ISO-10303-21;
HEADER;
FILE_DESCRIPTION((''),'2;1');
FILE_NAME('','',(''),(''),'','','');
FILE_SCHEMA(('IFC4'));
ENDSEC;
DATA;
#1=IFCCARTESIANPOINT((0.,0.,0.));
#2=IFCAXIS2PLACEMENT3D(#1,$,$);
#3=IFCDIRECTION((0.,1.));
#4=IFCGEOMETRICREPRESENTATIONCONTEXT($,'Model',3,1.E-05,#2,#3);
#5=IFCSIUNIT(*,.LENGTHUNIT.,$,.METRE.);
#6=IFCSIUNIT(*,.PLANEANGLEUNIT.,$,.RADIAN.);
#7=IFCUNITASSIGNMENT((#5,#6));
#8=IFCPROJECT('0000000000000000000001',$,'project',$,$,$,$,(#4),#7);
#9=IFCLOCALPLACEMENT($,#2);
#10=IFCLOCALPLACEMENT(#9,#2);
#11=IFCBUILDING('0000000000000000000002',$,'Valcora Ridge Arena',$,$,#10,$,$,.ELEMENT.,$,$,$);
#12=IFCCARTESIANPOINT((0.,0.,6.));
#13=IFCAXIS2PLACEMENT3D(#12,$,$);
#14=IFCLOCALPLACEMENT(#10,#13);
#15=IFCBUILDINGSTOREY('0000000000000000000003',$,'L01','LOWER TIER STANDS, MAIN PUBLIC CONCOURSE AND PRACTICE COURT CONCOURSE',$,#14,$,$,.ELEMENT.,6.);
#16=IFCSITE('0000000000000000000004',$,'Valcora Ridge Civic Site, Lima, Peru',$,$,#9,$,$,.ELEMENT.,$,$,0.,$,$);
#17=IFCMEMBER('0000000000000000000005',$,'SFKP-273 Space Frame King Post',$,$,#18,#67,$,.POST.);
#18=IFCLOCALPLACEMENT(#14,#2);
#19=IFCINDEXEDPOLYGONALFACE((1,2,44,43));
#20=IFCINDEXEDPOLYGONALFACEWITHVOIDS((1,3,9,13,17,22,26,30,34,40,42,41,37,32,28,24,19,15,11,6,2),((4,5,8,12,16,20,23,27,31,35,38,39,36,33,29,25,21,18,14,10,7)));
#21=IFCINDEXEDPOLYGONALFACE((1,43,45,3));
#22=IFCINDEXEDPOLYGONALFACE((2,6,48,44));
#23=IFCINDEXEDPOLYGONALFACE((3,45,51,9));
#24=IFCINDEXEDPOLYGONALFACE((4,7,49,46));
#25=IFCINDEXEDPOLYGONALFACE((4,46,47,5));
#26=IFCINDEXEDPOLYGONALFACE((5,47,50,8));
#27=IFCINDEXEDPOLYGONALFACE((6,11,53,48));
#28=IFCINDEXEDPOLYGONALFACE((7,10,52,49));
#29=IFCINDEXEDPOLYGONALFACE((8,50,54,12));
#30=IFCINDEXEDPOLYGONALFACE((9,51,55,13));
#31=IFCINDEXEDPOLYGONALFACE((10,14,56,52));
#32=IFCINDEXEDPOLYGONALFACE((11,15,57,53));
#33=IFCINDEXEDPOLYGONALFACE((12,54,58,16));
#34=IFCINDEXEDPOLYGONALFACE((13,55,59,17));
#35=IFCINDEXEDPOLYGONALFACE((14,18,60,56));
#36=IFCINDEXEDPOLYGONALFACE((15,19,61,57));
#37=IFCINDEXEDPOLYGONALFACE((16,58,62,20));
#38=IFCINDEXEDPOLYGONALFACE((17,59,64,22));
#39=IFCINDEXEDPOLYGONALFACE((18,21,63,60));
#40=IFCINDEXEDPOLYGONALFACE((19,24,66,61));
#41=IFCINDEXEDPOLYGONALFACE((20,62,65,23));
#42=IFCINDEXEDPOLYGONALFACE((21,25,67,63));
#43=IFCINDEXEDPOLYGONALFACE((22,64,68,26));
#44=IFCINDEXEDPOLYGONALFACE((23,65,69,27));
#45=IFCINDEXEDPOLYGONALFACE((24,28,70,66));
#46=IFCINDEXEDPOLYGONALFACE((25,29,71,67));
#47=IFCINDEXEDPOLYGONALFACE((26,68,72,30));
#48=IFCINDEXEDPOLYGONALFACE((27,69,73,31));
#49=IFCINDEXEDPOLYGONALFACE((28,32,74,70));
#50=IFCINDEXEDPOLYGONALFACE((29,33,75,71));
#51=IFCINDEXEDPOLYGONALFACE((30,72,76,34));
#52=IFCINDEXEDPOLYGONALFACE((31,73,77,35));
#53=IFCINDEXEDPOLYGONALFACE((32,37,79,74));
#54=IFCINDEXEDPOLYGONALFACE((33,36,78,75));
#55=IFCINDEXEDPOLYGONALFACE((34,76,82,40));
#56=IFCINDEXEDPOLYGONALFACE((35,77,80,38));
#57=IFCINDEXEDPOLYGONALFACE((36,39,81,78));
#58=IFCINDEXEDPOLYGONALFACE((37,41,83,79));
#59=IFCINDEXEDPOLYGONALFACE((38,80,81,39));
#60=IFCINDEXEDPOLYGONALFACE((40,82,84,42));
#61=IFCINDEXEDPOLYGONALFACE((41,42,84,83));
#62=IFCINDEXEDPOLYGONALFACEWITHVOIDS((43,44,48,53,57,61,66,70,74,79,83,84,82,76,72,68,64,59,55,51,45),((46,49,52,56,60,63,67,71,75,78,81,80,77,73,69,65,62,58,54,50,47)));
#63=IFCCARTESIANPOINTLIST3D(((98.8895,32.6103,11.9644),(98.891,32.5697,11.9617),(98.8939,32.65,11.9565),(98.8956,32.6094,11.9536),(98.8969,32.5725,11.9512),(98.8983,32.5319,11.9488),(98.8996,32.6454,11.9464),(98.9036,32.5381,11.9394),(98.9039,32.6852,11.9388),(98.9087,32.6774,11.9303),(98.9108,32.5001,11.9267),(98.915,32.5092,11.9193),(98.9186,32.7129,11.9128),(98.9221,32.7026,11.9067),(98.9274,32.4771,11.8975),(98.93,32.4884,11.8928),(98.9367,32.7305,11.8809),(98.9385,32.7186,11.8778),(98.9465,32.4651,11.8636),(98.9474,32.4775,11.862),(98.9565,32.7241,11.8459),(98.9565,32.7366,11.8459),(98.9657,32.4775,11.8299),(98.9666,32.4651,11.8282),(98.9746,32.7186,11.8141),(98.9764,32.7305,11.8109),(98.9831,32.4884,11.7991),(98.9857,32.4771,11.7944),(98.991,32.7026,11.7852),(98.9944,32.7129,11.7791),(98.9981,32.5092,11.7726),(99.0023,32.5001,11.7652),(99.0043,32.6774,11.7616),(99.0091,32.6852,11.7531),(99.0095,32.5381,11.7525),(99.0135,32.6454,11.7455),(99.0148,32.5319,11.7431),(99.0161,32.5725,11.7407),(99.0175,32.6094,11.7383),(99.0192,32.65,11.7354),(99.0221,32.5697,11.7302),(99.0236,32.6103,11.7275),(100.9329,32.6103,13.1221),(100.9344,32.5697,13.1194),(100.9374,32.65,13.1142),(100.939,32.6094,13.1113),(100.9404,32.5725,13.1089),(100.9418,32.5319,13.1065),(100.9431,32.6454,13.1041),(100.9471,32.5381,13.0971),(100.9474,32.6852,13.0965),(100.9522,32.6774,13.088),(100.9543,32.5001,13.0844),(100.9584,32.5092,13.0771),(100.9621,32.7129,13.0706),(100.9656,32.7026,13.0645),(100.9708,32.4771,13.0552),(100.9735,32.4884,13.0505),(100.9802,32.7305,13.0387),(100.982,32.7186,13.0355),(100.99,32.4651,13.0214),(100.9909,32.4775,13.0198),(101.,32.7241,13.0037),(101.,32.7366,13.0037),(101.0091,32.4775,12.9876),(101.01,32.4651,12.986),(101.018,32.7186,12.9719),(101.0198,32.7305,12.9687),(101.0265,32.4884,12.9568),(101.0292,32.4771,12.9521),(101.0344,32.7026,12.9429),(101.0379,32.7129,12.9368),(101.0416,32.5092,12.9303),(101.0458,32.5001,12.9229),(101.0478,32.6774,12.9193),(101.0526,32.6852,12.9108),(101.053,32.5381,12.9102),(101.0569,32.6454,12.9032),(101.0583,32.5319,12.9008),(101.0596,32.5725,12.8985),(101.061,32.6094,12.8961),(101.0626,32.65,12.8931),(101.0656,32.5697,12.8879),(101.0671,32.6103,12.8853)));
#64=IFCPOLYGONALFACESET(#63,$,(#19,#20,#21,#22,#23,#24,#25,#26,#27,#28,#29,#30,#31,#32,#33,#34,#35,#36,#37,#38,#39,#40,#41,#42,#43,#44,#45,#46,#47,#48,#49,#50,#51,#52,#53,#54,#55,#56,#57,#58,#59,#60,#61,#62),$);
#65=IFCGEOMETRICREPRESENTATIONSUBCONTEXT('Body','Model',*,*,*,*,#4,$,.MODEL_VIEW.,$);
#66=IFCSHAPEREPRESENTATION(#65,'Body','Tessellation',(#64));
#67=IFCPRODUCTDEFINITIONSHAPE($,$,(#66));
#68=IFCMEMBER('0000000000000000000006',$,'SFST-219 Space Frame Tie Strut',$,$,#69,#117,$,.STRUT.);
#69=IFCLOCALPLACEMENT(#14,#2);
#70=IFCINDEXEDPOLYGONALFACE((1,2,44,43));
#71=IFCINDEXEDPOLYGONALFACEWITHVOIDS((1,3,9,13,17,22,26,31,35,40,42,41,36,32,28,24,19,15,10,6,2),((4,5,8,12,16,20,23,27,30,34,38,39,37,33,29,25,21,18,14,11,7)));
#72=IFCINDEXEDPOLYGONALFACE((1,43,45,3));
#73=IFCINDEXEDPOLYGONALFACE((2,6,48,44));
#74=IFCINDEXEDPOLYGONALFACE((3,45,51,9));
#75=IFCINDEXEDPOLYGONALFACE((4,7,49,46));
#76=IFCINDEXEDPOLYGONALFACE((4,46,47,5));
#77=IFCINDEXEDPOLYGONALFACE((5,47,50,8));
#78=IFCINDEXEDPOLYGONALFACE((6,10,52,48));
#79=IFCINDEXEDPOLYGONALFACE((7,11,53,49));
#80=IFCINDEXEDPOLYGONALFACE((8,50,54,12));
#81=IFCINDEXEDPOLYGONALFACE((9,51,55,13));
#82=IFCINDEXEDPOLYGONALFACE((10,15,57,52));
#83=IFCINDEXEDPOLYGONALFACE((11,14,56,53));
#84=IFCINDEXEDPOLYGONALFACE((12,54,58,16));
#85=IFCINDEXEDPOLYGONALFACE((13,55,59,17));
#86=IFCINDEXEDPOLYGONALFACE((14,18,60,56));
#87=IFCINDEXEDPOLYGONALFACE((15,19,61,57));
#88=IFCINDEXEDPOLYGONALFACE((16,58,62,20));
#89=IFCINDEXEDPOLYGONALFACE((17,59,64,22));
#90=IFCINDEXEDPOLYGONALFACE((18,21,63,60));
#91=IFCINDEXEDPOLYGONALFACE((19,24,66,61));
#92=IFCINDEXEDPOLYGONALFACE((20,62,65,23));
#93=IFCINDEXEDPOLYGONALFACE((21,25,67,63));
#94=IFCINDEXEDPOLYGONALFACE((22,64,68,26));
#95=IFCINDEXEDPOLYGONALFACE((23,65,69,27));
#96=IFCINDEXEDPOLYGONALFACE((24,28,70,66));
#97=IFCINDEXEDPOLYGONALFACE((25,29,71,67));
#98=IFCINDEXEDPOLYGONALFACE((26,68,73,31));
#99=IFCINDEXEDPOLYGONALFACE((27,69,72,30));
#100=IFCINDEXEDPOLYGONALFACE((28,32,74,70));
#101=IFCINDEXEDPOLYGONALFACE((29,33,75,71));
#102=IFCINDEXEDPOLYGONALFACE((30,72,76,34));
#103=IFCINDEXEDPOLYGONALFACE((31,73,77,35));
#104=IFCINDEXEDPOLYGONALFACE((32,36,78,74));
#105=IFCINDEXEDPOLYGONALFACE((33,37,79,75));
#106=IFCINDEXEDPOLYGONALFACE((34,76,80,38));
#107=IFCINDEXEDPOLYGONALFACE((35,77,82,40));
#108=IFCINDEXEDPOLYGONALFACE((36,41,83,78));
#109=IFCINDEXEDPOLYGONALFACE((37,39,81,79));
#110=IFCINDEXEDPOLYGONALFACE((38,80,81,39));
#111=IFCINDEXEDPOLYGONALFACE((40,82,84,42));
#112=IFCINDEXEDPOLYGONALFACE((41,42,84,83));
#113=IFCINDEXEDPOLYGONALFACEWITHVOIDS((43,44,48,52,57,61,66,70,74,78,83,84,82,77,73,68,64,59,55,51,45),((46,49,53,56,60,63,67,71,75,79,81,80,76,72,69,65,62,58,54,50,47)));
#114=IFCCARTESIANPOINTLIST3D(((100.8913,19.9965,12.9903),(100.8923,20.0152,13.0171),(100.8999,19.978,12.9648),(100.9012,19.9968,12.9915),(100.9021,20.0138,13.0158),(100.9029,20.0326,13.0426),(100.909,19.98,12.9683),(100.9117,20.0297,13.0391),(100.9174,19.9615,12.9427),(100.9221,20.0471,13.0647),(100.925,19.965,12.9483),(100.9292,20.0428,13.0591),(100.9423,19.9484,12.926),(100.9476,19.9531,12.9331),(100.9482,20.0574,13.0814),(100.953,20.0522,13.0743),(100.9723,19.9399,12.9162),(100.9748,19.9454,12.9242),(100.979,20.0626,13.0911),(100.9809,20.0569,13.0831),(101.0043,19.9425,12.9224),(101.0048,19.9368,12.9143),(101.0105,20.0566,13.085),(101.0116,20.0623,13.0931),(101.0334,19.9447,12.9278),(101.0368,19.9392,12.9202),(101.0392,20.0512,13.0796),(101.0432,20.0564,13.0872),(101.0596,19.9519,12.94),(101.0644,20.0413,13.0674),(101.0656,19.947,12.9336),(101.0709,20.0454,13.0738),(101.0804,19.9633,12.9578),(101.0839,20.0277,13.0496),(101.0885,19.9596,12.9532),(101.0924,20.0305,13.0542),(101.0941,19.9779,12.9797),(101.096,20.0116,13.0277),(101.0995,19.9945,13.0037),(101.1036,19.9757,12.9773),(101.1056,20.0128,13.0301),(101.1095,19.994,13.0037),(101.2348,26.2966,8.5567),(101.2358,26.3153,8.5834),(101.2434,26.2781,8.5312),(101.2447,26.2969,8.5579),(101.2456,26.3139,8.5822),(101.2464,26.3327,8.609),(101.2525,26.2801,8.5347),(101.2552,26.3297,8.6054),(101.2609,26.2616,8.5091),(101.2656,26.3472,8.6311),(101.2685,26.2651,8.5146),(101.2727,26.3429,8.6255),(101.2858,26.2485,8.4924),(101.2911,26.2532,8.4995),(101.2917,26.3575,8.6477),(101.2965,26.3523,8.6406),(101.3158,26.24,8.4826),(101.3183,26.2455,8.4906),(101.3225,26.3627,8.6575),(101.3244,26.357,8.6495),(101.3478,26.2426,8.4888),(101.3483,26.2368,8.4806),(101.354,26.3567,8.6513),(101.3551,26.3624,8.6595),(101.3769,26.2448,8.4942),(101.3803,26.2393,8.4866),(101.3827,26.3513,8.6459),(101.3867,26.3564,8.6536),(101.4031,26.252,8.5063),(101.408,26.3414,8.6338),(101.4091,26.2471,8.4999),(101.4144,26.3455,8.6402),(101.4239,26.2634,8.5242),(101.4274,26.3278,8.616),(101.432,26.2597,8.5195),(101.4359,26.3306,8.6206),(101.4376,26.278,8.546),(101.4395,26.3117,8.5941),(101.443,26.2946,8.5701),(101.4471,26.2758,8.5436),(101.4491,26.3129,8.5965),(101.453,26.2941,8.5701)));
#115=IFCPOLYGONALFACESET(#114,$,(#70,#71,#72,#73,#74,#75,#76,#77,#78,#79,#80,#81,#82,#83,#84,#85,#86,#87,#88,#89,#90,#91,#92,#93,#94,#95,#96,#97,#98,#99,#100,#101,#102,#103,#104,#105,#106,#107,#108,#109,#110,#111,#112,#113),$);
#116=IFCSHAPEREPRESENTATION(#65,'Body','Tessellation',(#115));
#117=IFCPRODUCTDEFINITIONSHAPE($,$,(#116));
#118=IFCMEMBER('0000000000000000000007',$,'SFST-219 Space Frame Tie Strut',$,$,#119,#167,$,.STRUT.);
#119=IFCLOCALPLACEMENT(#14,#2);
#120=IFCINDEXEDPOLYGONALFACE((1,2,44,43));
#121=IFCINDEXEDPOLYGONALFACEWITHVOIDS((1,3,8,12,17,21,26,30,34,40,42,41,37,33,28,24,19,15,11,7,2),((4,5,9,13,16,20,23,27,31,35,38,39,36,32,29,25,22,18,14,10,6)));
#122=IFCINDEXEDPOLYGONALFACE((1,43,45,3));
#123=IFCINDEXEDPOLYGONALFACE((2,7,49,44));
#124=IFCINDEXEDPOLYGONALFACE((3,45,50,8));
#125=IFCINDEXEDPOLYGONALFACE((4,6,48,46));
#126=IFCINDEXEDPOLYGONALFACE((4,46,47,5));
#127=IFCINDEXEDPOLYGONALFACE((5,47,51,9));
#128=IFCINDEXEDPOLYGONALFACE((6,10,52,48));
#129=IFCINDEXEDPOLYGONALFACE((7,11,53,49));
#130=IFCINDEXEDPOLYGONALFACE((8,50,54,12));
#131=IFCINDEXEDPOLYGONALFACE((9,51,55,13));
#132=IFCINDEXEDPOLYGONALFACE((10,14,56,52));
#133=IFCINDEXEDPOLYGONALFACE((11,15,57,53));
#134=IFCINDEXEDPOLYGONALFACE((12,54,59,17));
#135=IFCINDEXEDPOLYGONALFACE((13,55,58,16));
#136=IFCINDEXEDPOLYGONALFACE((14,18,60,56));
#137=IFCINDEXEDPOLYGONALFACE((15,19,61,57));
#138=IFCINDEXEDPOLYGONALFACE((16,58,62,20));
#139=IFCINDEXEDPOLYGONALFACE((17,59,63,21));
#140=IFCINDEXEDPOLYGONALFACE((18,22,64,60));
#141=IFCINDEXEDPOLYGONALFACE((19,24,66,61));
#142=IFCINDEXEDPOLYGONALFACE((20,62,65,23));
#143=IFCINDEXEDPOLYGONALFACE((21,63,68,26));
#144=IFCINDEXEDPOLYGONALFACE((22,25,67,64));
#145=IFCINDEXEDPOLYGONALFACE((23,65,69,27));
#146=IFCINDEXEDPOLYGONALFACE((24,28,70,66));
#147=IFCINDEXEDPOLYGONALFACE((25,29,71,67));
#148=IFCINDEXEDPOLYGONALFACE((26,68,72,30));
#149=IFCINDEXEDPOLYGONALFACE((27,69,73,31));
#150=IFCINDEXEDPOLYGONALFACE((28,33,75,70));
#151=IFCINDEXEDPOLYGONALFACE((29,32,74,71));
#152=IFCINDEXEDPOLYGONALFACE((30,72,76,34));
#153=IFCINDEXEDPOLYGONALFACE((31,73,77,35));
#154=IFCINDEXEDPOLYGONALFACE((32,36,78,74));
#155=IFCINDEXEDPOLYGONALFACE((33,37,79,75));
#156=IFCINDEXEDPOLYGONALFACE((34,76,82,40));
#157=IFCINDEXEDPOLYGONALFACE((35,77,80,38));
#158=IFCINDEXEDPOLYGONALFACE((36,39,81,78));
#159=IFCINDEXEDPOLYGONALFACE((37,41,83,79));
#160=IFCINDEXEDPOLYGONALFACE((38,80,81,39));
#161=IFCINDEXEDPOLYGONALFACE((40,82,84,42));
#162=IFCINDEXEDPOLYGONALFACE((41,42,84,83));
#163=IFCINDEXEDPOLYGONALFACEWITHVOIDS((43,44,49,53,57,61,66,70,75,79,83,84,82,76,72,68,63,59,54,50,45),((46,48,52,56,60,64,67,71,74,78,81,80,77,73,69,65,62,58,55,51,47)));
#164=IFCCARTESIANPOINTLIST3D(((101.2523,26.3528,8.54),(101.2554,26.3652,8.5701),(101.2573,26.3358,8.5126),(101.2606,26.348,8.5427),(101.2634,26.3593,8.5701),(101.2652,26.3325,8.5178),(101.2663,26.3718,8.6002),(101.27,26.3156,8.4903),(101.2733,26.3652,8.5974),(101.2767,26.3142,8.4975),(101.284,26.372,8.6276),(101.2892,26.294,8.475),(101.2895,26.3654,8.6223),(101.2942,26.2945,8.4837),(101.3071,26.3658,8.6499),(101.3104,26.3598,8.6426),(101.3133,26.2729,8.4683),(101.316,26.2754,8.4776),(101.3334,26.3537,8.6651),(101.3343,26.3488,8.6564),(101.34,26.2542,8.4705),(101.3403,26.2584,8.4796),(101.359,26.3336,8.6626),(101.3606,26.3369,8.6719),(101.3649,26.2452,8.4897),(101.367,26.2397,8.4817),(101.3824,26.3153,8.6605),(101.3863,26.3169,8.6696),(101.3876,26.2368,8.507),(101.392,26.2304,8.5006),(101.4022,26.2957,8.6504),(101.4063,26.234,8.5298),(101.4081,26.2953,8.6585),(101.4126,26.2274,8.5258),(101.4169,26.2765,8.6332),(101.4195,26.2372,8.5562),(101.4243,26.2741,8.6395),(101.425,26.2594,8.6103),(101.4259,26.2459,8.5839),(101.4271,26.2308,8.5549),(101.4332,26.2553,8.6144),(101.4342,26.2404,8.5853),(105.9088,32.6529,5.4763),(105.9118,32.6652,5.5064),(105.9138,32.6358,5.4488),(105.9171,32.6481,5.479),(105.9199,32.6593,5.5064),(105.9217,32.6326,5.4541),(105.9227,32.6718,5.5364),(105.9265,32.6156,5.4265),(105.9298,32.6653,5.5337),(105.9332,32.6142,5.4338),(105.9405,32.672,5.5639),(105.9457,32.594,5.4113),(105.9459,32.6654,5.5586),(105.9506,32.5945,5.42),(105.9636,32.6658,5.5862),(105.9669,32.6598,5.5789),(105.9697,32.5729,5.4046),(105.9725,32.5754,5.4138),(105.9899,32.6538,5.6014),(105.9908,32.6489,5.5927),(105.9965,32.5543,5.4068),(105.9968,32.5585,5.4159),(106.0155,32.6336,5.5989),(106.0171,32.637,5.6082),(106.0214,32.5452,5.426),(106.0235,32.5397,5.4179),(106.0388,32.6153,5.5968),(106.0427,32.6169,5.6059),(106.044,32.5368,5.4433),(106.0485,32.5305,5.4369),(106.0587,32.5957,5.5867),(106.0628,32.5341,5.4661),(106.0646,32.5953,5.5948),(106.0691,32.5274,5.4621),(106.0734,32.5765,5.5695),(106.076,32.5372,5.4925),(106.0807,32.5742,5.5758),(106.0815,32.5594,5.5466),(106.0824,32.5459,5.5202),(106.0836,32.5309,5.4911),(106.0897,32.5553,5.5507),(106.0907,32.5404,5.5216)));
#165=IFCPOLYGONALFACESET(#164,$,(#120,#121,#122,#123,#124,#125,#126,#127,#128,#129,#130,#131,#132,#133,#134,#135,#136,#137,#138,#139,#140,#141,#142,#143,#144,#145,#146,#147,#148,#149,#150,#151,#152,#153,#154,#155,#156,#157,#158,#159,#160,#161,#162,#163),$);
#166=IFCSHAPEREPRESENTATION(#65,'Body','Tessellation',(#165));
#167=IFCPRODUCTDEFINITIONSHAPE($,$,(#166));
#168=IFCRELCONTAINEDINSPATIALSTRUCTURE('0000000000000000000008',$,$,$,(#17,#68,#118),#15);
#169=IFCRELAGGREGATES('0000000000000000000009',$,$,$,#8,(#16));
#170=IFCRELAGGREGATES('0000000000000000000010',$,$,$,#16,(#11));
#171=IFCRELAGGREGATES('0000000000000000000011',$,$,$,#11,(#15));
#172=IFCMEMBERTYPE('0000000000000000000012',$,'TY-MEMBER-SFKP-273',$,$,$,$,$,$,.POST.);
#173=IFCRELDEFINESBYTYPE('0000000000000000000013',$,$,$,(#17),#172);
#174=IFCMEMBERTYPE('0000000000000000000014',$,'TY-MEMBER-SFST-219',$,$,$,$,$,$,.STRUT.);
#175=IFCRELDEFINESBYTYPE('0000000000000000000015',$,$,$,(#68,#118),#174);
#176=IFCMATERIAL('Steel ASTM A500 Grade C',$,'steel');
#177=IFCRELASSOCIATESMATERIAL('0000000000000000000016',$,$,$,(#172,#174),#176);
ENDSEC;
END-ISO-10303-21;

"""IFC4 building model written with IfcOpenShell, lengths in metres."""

from ifc_helpers import new_model, si_unit, direction, frame, origin, origin_2d, place, context, subcontext, project, spatial, hollow_circle, extrude, material, material_profile, profile_set, type_object, element, save


model = new_model("IFC4")

# Units and contexts
model_context = context("Model", 3, precision=1e-05, world=origin(), true_north=direction((0.0, 1.0)))
body_context = subcontext(model_context, "Body", "Model", "MODEL_VIEW")
ifc_project = project(units=[si_unit("LENGTHUNIT", "METRE"), si_unit("PLANEANGLEUNIT", "RADIAN")], contexts=[model_context])

# Site, building, storey
site_placement = place(None, origin())
site = spatial("IfcSite", under=ifc_project, at=site_placement, Name="Valcora Ridge Civic Site, Lima, Peru", CompositionType="ELEMENT", RefElevation=0.0)
building_placement = place(site_placement, origin())
building = spatial("IfcBuilding", under=site, at=building_placement, Name="Valcora Ridge Arena", CompositionType="ELEMENT")
storey_placement = place(building_placement, frame((0.0, 0.0, 6.0)))
storey = spatial("IfcBuildingStorey", under=building, at=storey_placement, Name="L01", Description="LOWER TIER STANDS, MAIN PUBLIC CONCOURSE AND PRACTICE COURT CONCOURSE", CompositionType="ELEMENT", Elevation=6.0)

# Members
ifc_material_1 = material(Name="Steel ASTM A500 Grade C", Category="steel")
ifc_material_profile_1 = material_profile(ifc_material_1, hollow_circle(Radius=0.1365, WallThickness=0.0125, at=origin_2d()), Name="CHS273X12")
ifc_profile_set_1 = profile_set([ifc_material_profile_1], Name="Steel ASTM A500 Grade C")
member_type_1 = type_object("IfcMemberType", Name="TY-MEMBER-SFKP-273", PredefinedType="POST", material=ifc_profile_set_1)
member_1_placement = place(storey_placement, frame((98.9565, 32.6001, 11.8459), z_axis=(0.870067, 0.0, 0.492934), x_axis=(0.0, 1.0, 0.0)))
element("IfcMember", 1, at=member_1_placement, inside=storey, type_object=member_type_1, Name="SFKP-273 Space Frame King Post", PredefinedType="POST", context=body_context, shape_type="SweptSolid", body=[
    extrude(hollow_circle(Radius=0.1365, WallThickness=0.0125, at=origin_2d()), origin(), (0.0, 0.0, 1.0), 2.3486),
])
ifc_material_profile_2 = material_profile(ifc_material_1, hollow_circle(Radius=0.1096, WallThickness=0.01, at=origin_2d()), Name="CHS219X10")
ifc_profile_set_2 = profile_set([ifc_material_profile_2], Name="Steel ASTM A500 Grade C")
member_type_2 = type_object("IfcMemberType", Name="TY-MEMBER-SFST-219", PredefinedType="STRUT", material=ifc_profile_set_2)
member_2_placement = place(storey_placement, frame((101.3435, 26.3, 8.5701), z_axis=(-0.044545, -0.816981, 0.574942), x_axis=(0.998517, -0.054443, 0.0)))
element("IfcMember", 2, at=member_2_placement, inside=storey, type_object=member_type_2, Name="SFST-219 Space Frame Tie Strut", PredefinedType="STRUT", context=body_context, shape_type="SweptSolid", body=[
    extrude(hollow_circle(Radius=0.1096, WallThickness=0.01, at=origin_2d()), origin(), (0.0, 0.0, 1.0), 7.7114),
])
member_3_placement = place(storey_placement, frame((101.3435, 26.3, 8.5701), z_axis=(0.553561, 0.748945, -0.364213), x_axis=(-0.80418, 0.594386, 0.0)))
element("IfcMember", 3, at=member_3_placement, inside=storey, type_object=member_type_2, Name="SFST-219 Space Frame Tie Strut", PredefinedType="STRUT", context=body_context, shape_type="SweptSolid", body=[
    extrude(hollow_circle(Radius=0.1096, WallThickness=0.01, at=origin_2d()), origin(), (0.0, 0.0, 1.0), 8.4119),
])

save(model, "model.ifc")
